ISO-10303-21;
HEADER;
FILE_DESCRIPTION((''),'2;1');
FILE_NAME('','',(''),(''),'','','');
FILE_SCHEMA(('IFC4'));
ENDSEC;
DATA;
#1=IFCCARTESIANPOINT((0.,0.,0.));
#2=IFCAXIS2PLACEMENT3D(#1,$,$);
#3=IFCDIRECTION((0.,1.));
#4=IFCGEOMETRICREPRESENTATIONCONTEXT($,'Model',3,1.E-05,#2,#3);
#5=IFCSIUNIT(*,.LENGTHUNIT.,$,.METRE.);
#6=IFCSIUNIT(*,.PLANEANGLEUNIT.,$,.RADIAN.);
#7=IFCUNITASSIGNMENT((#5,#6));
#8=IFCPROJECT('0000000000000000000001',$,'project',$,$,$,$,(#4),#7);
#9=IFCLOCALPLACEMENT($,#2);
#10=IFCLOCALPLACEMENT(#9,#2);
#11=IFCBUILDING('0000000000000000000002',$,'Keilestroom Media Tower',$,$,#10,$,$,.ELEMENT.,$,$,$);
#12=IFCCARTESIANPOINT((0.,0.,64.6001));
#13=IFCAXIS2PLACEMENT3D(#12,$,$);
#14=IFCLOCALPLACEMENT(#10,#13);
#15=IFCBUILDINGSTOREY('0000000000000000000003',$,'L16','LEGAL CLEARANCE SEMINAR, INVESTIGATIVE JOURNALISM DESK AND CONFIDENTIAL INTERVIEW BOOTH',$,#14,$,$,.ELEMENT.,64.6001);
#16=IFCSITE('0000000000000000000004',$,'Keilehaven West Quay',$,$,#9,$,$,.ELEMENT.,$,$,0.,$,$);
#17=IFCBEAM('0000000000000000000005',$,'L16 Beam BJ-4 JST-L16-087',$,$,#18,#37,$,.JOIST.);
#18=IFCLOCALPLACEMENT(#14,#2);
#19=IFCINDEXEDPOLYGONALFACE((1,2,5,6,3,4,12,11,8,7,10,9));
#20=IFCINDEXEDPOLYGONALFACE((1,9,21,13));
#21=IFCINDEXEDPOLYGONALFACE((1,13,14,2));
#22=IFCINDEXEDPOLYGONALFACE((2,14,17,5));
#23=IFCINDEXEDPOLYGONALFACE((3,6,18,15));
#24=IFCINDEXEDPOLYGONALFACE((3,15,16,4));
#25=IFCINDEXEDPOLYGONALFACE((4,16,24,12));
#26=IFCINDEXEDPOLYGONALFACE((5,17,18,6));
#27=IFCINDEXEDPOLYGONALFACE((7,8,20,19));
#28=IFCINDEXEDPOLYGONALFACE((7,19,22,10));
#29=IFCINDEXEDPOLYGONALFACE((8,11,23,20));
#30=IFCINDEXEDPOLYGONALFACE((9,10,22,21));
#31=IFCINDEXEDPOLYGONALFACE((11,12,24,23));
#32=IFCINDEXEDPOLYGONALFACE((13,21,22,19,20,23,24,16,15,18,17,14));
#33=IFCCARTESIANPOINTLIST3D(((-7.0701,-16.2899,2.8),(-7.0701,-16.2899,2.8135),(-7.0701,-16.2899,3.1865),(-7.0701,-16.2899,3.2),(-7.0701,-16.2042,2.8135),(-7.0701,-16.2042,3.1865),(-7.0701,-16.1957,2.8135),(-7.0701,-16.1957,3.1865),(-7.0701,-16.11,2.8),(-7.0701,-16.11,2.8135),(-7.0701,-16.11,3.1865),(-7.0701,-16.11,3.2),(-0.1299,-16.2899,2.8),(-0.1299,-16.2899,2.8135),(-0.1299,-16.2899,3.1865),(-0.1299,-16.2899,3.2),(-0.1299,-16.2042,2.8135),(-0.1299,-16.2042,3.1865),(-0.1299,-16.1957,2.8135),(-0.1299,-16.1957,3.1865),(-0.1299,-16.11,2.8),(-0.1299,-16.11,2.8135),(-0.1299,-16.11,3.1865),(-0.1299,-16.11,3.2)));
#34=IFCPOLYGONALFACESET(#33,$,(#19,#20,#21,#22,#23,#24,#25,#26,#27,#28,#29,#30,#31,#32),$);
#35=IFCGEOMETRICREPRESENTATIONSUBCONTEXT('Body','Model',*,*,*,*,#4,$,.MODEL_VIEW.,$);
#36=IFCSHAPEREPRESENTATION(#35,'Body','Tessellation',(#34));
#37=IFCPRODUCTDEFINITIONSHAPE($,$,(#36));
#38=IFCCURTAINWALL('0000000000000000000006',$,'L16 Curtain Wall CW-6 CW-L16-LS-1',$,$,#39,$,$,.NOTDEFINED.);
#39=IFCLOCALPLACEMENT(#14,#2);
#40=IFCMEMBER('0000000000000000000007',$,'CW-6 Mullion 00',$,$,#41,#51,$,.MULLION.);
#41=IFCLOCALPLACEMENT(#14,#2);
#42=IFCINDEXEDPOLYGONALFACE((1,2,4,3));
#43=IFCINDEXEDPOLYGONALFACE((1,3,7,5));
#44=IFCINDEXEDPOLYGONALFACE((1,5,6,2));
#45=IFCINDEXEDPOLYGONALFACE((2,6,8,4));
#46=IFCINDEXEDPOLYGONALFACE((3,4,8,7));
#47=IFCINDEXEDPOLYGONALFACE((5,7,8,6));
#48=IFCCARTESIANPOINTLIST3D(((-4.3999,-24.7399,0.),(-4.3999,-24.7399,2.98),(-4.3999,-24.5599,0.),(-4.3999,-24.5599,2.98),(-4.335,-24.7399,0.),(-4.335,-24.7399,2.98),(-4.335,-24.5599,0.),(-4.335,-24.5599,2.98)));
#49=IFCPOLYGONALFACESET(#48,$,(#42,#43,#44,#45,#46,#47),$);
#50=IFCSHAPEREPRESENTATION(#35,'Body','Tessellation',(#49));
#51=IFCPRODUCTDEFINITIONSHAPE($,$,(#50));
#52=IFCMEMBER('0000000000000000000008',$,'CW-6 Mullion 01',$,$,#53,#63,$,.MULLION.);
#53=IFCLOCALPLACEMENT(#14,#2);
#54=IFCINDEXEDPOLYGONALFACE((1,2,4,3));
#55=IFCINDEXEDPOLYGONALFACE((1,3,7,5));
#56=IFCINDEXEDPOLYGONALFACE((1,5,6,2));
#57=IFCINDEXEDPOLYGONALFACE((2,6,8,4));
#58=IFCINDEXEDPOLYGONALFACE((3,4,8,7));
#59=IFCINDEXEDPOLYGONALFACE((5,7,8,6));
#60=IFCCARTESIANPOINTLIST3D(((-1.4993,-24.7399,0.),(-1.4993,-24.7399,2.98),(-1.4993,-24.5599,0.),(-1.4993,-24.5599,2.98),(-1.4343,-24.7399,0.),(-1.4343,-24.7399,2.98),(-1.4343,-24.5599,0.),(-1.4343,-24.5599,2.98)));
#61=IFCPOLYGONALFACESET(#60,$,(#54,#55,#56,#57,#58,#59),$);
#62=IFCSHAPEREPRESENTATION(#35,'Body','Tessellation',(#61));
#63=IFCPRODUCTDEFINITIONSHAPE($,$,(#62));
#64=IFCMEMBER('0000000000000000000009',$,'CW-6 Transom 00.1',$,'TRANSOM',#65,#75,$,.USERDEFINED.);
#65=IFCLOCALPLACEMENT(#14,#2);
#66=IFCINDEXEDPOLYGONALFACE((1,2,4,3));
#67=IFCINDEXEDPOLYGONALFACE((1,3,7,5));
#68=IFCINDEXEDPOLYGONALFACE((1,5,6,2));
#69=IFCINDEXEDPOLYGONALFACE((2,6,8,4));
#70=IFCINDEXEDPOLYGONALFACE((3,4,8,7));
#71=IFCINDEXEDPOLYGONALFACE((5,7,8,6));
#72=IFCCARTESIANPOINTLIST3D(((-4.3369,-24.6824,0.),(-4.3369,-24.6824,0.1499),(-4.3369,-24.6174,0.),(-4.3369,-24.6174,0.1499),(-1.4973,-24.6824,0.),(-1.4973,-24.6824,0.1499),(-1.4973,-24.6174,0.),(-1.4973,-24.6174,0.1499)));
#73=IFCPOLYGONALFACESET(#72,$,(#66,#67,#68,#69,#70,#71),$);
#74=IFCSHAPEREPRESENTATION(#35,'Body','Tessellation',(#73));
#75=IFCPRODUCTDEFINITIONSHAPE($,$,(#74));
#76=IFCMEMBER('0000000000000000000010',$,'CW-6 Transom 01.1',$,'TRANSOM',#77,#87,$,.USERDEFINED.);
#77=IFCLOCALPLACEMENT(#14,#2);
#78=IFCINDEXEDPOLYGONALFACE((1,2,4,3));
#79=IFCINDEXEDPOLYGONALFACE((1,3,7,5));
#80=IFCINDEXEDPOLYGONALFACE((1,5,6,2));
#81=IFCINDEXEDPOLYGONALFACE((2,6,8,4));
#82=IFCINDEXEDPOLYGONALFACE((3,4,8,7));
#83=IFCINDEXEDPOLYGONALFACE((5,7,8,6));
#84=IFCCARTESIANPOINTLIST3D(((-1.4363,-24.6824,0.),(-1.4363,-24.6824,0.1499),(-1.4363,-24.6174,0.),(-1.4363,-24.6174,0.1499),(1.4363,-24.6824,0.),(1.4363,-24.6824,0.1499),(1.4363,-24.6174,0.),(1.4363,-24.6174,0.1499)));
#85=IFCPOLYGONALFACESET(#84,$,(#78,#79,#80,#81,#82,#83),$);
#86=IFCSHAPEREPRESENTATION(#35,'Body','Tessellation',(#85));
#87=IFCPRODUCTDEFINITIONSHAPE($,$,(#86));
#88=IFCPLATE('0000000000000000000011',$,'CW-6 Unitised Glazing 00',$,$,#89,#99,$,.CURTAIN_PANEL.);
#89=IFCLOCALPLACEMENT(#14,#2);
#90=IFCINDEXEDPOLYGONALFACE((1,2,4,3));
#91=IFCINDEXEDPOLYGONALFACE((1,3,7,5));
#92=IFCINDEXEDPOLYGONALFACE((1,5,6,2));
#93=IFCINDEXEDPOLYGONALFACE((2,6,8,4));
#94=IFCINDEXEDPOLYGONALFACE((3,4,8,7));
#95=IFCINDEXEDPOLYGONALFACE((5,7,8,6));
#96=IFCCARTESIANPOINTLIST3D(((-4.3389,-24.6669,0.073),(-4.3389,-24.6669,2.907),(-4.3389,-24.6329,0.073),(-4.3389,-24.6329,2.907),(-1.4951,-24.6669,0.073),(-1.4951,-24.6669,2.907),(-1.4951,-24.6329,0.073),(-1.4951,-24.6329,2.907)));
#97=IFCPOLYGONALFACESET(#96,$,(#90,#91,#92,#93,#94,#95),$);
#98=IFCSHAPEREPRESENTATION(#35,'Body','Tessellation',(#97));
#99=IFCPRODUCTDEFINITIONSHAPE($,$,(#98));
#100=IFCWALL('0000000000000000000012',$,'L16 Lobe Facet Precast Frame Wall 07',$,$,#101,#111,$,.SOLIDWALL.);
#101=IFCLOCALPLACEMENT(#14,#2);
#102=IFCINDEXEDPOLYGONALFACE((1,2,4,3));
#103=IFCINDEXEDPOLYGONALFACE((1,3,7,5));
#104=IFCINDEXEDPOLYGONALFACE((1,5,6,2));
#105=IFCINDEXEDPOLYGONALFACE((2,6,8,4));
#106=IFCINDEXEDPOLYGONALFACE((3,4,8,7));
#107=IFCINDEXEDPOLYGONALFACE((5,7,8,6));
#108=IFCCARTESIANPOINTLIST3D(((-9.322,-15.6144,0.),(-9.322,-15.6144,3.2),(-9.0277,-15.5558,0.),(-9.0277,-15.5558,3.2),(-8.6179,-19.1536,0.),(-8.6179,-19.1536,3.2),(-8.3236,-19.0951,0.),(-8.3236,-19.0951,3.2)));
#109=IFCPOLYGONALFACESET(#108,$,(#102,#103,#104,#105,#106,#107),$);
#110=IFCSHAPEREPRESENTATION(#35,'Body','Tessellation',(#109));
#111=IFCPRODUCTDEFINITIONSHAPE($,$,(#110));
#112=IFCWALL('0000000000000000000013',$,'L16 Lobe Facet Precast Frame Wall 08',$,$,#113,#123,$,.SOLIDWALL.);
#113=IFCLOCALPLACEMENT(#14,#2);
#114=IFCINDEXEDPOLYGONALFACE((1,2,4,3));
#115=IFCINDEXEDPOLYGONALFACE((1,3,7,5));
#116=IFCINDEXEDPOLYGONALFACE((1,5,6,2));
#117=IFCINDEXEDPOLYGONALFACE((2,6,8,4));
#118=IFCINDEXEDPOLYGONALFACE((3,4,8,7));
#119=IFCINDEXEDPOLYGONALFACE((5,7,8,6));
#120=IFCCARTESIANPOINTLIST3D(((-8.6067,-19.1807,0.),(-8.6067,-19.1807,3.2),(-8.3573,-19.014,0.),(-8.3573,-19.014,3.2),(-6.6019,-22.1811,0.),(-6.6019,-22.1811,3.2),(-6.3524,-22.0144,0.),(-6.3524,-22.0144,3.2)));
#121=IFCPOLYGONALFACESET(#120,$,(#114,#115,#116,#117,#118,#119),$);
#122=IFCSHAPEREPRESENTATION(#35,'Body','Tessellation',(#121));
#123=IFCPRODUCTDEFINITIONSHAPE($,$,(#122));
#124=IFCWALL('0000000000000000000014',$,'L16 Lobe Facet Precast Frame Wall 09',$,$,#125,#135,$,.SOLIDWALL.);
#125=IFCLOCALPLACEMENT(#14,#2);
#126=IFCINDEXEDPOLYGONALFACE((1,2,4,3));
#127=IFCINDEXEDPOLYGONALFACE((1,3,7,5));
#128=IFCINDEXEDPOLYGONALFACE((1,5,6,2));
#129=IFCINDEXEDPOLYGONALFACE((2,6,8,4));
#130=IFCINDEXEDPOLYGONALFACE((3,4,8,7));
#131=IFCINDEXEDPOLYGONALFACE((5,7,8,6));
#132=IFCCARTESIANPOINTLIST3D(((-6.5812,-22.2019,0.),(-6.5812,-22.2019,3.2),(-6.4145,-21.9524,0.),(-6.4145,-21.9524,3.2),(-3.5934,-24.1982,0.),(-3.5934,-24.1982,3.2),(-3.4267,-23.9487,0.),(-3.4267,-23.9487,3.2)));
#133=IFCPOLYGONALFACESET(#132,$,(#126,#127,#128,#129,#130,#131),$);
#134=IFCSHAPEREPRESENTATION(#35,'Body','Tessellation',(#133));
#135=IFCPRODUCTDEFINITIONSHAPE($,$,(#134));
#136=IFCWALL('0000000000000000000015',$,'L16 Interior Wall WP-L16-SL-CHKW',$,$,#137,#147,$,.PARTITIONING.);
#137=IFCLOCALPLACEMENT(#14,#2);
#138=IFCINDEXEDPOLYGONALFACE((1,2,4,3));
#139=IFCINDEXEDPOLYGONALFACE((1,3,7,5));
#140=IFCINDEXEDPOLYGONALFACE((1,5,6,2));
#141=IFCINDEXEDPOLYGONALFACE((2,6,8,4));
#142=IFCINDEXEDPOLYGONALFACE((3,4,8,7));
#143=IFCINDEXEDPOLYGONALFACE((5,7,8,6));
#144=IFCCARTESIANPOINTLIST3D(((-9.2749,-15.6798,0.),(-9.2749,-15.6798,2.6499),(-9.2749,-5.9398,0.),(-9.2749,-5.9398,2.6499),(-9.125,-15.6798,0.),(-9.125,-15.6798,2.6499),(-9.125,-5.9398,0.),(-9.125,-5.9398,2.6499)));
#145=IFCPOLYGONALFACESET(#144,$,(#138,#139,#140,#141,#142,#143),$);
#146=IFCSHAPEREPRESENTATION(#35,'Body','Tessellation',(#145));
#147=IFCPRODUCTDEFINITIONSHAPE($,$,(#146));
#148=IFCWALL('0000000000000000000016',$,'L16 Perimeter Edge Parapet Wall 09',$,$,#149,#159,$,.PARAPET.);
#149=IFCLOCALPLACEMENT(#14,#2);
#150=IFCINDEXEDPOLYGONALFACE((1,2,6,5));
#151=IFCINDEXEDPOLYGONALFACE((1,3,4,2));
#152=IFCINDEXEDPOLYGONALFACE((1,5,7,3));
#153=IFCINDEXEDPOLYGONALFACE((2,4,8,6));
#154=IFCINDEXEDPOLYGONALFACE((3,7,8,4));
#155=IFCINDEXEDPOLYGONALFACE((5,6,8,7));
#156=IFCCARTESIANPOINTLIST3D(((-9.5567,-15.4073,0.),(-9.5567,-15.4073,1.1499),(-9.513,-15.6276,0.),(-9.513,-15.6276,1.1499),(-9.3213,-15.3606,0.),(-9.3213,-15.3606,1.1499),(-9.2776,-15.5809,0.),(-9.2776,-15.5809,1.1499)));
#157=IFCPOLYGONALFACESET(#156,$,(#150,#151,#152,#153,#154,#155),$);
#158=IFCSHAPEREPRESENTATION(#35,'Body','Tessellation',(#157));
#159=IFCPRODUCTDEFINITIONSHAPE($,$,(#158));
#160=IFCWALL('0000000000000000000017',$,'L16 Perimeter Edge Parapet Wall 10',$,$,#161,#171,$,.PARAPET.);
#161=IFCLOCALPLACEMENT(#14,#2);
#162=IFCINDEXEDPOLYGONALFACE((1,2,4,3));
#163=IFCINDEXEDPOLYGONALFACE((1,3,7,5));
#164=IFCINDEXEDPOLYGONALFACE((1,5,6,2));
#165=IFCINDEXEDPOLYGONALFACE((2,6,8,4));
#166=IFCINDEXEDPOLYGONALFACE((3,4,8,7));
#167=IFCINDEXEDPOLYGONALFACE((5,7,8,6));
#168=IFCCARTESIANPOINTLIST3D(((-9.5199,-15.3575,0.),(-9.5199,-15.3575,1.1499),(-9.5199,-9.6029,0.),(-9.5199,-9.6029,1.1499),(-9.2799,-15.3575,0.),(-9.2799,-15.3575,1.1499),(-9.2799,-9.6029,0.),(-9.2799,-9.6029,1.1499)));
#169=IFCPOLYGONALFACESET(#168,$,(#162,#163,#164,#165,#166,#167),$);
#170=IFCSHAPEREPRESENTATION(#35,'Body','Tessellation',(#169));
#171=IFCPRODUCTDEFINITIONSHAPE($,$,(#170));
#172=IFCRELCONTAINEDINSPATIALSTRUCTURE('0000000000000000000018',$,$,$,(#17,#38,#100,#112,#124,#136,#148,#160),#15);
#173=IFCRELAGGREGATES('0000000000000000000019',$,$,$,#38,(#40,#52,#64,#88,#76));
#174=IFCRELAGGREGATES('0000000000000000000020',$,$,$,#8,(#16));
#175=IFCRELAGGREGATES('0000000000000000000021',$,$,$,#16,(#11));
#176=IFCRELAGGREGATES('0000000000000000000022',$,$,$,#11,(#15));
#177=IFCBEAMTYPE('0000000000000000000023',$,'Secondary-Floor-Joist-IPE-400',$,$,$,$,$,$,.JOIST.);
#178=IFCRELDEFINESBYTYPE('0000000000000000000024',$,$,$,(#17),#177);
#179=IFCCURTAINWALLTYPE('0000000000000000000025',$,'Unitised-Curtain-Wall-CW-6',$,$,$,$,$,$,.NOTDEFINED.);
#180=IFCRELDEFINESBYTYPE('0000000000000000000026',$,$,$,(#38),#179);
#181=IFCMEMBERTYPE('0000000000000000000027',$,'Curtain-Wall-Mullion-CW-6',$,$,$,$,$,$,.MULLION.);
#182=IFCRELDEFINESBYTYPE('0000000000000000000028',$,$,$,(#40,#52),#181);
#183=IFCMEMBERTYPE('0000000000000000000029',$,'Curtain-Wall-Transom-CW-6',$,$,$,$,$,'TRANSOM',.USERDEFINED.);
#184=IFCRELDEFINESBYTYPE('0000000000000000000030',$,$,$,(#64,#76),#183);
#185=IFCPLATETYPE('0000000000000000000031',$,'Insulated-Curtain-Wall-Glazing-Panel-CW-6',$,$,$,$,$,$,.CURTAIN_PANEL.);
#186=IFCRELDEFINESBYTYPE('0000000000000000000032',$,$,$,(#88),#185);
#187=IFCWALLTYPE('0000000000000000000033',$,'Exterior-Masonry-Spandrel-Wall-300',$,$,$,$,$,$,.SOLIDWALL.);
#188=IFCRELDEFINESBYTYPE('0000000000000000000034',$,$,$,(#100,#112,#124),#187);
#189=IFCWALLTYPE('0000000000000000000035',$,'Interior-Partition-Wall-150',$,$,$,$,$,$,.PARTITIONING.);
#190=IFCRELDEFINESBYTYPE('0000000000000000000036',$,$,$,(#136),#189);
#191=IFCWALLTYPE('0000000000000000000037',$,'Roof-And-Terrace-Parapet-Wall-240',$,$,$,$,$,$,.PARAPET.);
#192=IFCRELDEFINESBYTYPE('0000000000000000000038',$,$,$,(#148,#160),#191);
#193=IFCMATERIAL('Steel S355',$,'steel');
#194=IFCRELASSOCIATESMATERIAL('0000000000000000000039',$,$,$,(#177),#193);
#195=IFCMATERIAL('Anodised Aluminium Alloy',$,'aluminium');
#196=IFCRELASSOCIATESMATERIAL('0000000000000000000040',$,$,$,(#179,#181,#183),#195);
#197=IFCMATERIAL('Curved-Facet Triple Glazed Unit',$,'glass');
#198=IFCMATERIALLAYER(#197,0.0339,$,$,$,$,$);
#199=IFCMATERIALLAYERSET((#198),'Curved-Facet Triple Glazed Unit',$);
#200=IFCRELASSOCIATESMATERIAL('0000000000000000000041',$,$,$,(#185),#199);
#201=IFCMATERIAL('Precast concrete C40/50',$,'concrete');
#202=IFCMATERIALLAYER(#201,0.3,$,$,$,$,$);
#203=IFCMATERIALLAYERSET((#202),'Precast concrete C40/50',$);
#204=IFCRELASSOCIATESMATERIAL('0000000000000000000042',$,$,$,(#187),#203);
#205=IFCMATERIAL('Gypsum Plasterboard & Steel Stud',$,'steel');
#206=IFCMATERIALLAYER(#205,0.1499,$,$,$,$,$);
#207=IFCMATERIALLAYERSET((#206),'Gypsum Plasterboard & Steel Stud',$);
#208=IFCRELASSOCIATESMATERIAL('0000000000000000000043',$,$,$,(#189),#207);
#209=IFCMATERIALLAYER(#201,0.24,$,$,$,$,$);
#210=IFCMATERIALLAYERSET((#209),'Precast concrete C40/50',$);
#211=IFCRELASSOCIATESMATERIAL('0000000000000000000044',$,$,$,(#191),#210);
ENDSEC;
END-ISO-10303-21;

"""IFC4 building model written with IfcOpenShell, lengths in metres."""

from ifc_helpers import new_model, si_unit, direction, frame, frame_2d, origin, origin_2d, place, context, subcontext, project, spatial, rectangle, i_section, extrude, source, transform, mapped, material, layer, layer_set, material_profile, profile_set, type_object, element, aggregate, save


model = new_model("IFC4")

# Units and contexts
model_context = context("Model", 3, precision=1e-05, world=origin(), true_north=direction((0.0, 1.0)))
body_context = subcontext(model_context, "Body", "Model", "MODEL_VIEW")
ifc_project = project(units=[si_unit("LENGTHUNIT", "METRE"), si_unit("PLANEANGLEUNIT", "RADIAN")], contexts=[model_context])

# Site, building, storey
site_placement = place(None, origin())
site = spatial("IfcSite", under=ifc_project, at=site_placement, Name="Keilehaven West Quay", CompositionType="ELEMENT", RefElevation=0.0)
building_placement = place(site_placement, origin())
building = spatial("IfcBuilding", under=site, at=building_placement, Name="Keilestroom Media Tower", CompositionType="ELEMENT")
storey_placement = place(building_placement, frame((0.0, 0.0, 64.6001)))
storey = spatial("IfcBuildingStorey", under=building, at=storey_placement, Name="L16", Description="LEGAL CLEARANCE SEMINAR, INVESTIGATIVE JOURNALISM DESK AND CONFIDENTIAL INTERVIEW BOOTH", CompositionType="ELEMENT", Elevation=64.6001)

# Beam
ifc_material_1 = material(Name="Steel S355", Category="steel")
ifc_material_profile_1 = material_profile(ifc_material_1, i_section(OverallWidth=0.1799, OverallDepth=0.3999, WebThickness=0.0085, FlangeThickness=0.0134, at=origin_2d()), Name="IPE 400")
ifc_profile_set_1 = profile_set([ifc_material_profile_1], Name="Steel S355")
beam_type_1 = type_object("IfcBeamType", Name="Secondary-Floor-Joist-IPE-400", PredefinedType="JOIST", material=ifc_profile_set_1)
shared_shape_1 = source(origin(), body_context, "Body", "SweptSolid", [
    extrude(i_section(OverallWidth=0.1799, OverallDepth=0.3999, WebThickness=0.0085, FlangeThickness=0.0134, at=origin_2d()), origin(), (0.0, 0.0, 1.0), 6.9402),
])
beam_1_placement = place(storey_placement, frame((-7.0701, -16.2, 3.0), z_axis=(1.0, 0.0, 0.0), x_axis=(0.0, 1.0, 0.0)))
element("IfcBeam", 1, at=beam_1_placement, inside=storey, type_object=beam_type_1, Name="L16 Beam BJ-4 JST-L16-087", PredefinedType="JOIST", context=body_context, shape_type="MappedRepresentation", body=[
    mapped(shared_shape_1, transform((0.0, 0.0, 0.0), x_axis=(1.0, 0.0, 0.0), y_axis=(0.0, 1.0, 0.0), z_axis=(0.0, 0.0, 1.0), scale=1.0)),
])

# Curtain wall, members, plate
ifc_material_2 = material(Name="Anodised Aluminium Alloy", Category="aluminium")
curtain_wall_type = type_object("IfcCurtainWallType", Name="Unitised-Curtain-Wall-CW-6", PredefinedType="NOTDEFINED", material=ifc_material_2)
curtain_wall_placement = place(storey_placement, origin())
curtain_wall = element("IfcCurtainWall", 2, at=curtain_wall_placement, inside=storey, type_object=curtain_wall_type, Name="L16 Curtain Wall CW-6 CW-L16-LS-1", PredefinedType="NOTDEFINED")
ifc_material_profile_2 = material_profile(ifc_material_2, rectangle(XDim=0.0649, YDim=0.1799, at=origin_2d()), Name="ALU MULLION 65x180")
ifc_profile_set_2 = profile_set([ifc_material_profile_2], Name="Anodised Aluminium Alloy")
member_type_1 = type_object("IfcMemberType", Name="Curtain-Wall-Mullion-CW-6", PredefinedType="MULLION", material=ifc_profile_set_2)
shared_shape_2 = source(origin(), body_context, "Body", "SweptSolid", [
    extrude(rectangle(XDim=0.0649, YDim=0.1799, at=origin_2d()), origin(), (0.0, 0.0, 1.0), 2.98),
])
member_1_placement = place(storey_placement, frame((-4.3674, -24.6499, 0.0), z_axis=(0.0, 0.0, 1.0), x_axis=(1.0, 0.0, 0.0)))
member_1 = element("IfcMember", 3, at=member_1_placement, type_object=member_type_1, Name="CW-6 Mullion 00", PredefinedType="MULLION", context=body_context, shape_type="MappedRepresentation", body=[
    mapped(shared_shape_2, transform((0.0, 0.0, 0.0), x_axis=(1.0, 0.0, 0.0), y_axis=(0.0, 1.0, 0.0), z_axis=(0.0, 0.0, 1.0), scale=1.0)),
])
member_2_placement = place(storey_placement, frame((-1.4668, -24.6499, 0.0), z_axis=(0.0, 0.0, 1.0), x_axis=(1.0, 0.0, 0.0)))
member_2 = element("IfcMember", 4, at=member_2_placement, type_object=member_type_1, Name="CW-6 Mullion 01", PredefinedType="MULLION", context=body_context, shape_type="MappedRepresentation", body=[
    mapped(shared_shape_2, transform((0.0, 0.0, 0.0), x_axis=(1.0, 0.0, 0.0), y_axis=(0.0, 1.0, 0.0), z_axis=(0.0, 0.0, 1.0), scale=1.0)),
])
ifc_material_profile_3 = material_profile(ifc_material_2, rectangle(XDim=0.0649, YDim=0.1499, at=origin_2d()), Name="ALU TRANSOM 65x150")
ifc_profile_set_3 = profile_set([ifc_material_profile_3], Name="Anodised Aluminium Alloy")
member_type_2 = type_object("IfcMemberType", Name="Curtain-Wall-Transom-CW-6", ElementType="TRANSOM", PredefinedType="USERDEFINED", material=ifc_profile_set_3)
shared_shape_3 = source(origin(), body_context, "Body", "SweptSolid", [
    extrude(rectangle(XDim=0.0649, YDim=0.1499, at=origin_2d()), origin(), (0.0, 0.0, 1.0), 2.8396),
])
member_3_placement = place(storey_placement, frame((-4.3369, -24.6499, 0.075), z_axis=(1.0, 0.0, 0.0), x_axis=(0.0, 1.0, 0.0)))
member_3 = element("IfcMember", 5, at=member_3_placement, type_object=member_type_2, Name="CW-6 Transom 00.1", ObjectType="TRANSOM", PredefinedType="USERDEFINED", context=body_context, shape_type="MappedRepresentation", body=[
    mapped(shared_shape_3, transform((0.0, 0.0, 0.0), x_axis=(1.0, 0.0, 0.0), y_axis=(0.0, 1.0, 0.0), z_axis=(0.0, 0.0, 1.0), scale=1.0)),
])
shared_shape_4 = source(origin(), body_context, "Body", "SweptSolid", [
    extrude(rectangle(XDim=0.0649, YDim=0.1499, at=origin_2d()), origin(), (0.0, 0.0, 1.0), 2.8726),
])
member_4_placement = place(storey_placement, frame((-1.4363, -24.6499, 0.075), z_axis=(1.0, 0.0, 0.0), x_axis=(0.0, 1.0, 0.0)))
member_4 = element("IfcMember", 6, at=member_4_placement, type_object=member_type_2, Name="CW-6 Transom 01.1", ObjectType="TRANSOM", PredefinedType="USERDEFINED", context=body_context, shape_type="MappedRepresentation", body=[
    mapped(shared_shape_4, transform((0.0, 0.0, 0.0), x_axis=(1.0, 0.0, 0.0), y_axis=(0.0, 1.0, 0.0), z_axis=(0.0, 0.0, 1.0), scale=1.0)),
])
ifc_material_3 = material(Name="Curved-Facet Triple Glazed Unit", Category="glass")
ifc_layer_1 = layer(ifc_material_3, 0.0339)
ifc_layer_set_1 = layer_set([ifc_layer_1], Name="Curved-Facet Triple Glazed Unit")
plate_type = type_object("IfcPlateType", Name="Insulated-Curtain-Wall-Glazing-Panel-CW-6", PredefinedType="CURTAIN_PANEL", material=ifc_layer_set_1)
shared_shape_5 = source(origin(), body_context, "Body", "SweptSolid", [
    extrude(rectangle(XDim=2.8438, YDim=0.0339, at=origin_2d()), origin(), (0.0, 0.0, 1.0), 2.834),
])
plate_placement = place(storey_placement, frame((-2.917, -24.6499, 0.073), z_axis=(0.0, 0.0, 1.0), x_axis=(1.0, 0.0, 0.0)))
plate = element("IfcPlate", 7, at=plate_placement, type_object=plate_type, Name="CW-6 Unitised Glazing 00", PredefinedType="CURTAIN_PANEL", context=body_context, shape_type="MappedRepresentation", body=[
    mapped(shared_shape_5, transform((0.0, 0.0, 0.0), x_axis=(1.0, 0.0, 0.0), y_axis=(0.0, 1.0, 0.0), z_axis=(0.0, 0.0, 1.0), scale=1.0)),
])
aggregate(curtain_wall, [member_1, member_2, member_3, plate, member_4])

# Walls
ifc_material_4 = material(Name="Precast concrete C40/50", Category="concrete")
ifc_layer_2 = layer(ifc_material_4, 0.3)
ifc_layer_set_2 = layer_set([ifc_layer_2], Name="Precast concrete C40/50")
wall_type_1 = type_object("IfcWallType", Name="Exterior-Masonry-Spandrel-Wall-300", PredefinedType="SOLIDWALL", material=ifc_layer_set_2)
for number, where, z_axis, x_axis, name in (
    (8, (-9.1748, -15.5852, 0.0), (0.0, 0.0, 1.0), (0.195114, -0.980781, 0.0), "L16 Lobe Facet Precast Frame Wall 07"),
    (9, (-8.4819, -19.0974, 0.0), (0.0, 0.0, 1.0), (0.555574, -0.831467, 0.0), "L16 Lobe Facet Precast Frame Wall 08"),
):
    element("IfcWall", number, at=place(storey_placement, frame(where, z_axis=z_axis, x_axis=x_axis)), inside=storey, type_object=wall_type_1, Name=name, PredefinedType="SOLIDWALL", context=body_context, shape_type="SweptSolid", body=[
        extrude(rectangle(XDim=3.6086, YDim=0.3, at=frame_2d((1.8042, 0.0))), origin(), (0.0, 0.0, 1.0), 3.2),
    ])
wall_1_placement = place(storey_placement, frame((-6.4978, -22.0771, 0.0), z_axis=(0.0, 0.0, 1.0), x_axis=(0.831475, -0.555562, 0.0)))
element("IfcWall", 10, at=wall_1_placement, inside=storey, type_object=wall_type_1, Name="L16 Lobe Facet Precast Frame Wall 09", PredefinedType="SOLIDWALL", context=body_context, shape_type="SweptSolid", body=[
    extrude(rectangle(XDim=3.5933, YDim=0.3, at=frame_2d((1.7966, 0.0))), origin(), (0.0, 0.0, 1.0), 3.2),
])
ifc_material_5 = material(Name="Gypsum Plasterboard & Steel Stud", Category="steel")
ifc_layer_3 = layer(ifc_material_5, 0.1499)
ifc_layer_set_3 = layer_set([ifc_layer_3], Name="Gypsum Plasterboard & Steel Stud")
wall_type_2 = type_object("IfcWallType", Name="Interior-Partition-Wall-150", PredefinedType="PARTITIONING", material=ifc_layer_set_3)
wall_2_placement = place(storey_placement, frame((-9.2, -15.6799, 0.0), z_axis=(0.0, 0.0, 1.0), x_axis=(0.0, 1.0, 0.0)))
element("IfcWall", 11, at=wall_2_placement, inside=storey, type_object=wall_type_2, Name="L16 Interior Wall WP-L16-SL-CHKW", PredefinedType="PARTITIONING", context=body_context, shape_type="SweptSolid", body=[
    extrude(rectangle(XDim=9.74, YDim=0.1499, at=frame_2d((4.8701, 0.0))), origin(), (0.0, 0.0, 1.0), 2.6499),
])
ifc_layer_4 = layer(ifc_material_4, 0.24)
ifc_layer_set_4 = layer_set([ifc_layer_4], Name="Precast concrete C40/50")
wall_type_3 = type_object("IfcWallType", Name="Roof-And-Terrace-Parapet-Wall-240", PredefinedType="PARAPET", material=ifc_layer_set_4)
wall_3_placement = place(storey_placement, frame((-9.3953, -15.6042, 0.0), z_axis=(0.0, 0.0, 1.0), x_axis=(-0.194652, 0.980872, 0.0)))
element("IfcWall", 12, at=wall_3_placement, inside=storey, type_object=wall_type_3, Name="L16 Perimeter Edge Parapet Wall 09", PredefinedType="PARAPET", context=body_context, shape_type="SweptSolid", body=[
    extrude(rectangle(XDim=0.2246, YDim=0.24, at=frame_2d((0.1123, 0.0))), origin(), (0.0, 0.0, 1.0), 1.1499),
])
wall_4_placement = place(storey_placement, frame((-9.3999, -15.3577, 0.0), z_axis=(0.0, 0.0, 1.0), x_axis=(0.0, 1.0, 0.0)))
element("IfcWall", 13, at=wall_4_placement, inside=storey, type_object=wall_type_3, Name="L16 Perimeter Edge Parapet Wall 10", PredefinedType="PARAPET", context=body_context, shape_type="SweptSolid", body=[
    extrude(rectangle(XDim=5.7546, YDim=0.24, at=frame_2d((2.8774, 0.0))), origin(), (0.0, 0.0, 1.0), 1.1499),
])

save(model, "model.ifc")
